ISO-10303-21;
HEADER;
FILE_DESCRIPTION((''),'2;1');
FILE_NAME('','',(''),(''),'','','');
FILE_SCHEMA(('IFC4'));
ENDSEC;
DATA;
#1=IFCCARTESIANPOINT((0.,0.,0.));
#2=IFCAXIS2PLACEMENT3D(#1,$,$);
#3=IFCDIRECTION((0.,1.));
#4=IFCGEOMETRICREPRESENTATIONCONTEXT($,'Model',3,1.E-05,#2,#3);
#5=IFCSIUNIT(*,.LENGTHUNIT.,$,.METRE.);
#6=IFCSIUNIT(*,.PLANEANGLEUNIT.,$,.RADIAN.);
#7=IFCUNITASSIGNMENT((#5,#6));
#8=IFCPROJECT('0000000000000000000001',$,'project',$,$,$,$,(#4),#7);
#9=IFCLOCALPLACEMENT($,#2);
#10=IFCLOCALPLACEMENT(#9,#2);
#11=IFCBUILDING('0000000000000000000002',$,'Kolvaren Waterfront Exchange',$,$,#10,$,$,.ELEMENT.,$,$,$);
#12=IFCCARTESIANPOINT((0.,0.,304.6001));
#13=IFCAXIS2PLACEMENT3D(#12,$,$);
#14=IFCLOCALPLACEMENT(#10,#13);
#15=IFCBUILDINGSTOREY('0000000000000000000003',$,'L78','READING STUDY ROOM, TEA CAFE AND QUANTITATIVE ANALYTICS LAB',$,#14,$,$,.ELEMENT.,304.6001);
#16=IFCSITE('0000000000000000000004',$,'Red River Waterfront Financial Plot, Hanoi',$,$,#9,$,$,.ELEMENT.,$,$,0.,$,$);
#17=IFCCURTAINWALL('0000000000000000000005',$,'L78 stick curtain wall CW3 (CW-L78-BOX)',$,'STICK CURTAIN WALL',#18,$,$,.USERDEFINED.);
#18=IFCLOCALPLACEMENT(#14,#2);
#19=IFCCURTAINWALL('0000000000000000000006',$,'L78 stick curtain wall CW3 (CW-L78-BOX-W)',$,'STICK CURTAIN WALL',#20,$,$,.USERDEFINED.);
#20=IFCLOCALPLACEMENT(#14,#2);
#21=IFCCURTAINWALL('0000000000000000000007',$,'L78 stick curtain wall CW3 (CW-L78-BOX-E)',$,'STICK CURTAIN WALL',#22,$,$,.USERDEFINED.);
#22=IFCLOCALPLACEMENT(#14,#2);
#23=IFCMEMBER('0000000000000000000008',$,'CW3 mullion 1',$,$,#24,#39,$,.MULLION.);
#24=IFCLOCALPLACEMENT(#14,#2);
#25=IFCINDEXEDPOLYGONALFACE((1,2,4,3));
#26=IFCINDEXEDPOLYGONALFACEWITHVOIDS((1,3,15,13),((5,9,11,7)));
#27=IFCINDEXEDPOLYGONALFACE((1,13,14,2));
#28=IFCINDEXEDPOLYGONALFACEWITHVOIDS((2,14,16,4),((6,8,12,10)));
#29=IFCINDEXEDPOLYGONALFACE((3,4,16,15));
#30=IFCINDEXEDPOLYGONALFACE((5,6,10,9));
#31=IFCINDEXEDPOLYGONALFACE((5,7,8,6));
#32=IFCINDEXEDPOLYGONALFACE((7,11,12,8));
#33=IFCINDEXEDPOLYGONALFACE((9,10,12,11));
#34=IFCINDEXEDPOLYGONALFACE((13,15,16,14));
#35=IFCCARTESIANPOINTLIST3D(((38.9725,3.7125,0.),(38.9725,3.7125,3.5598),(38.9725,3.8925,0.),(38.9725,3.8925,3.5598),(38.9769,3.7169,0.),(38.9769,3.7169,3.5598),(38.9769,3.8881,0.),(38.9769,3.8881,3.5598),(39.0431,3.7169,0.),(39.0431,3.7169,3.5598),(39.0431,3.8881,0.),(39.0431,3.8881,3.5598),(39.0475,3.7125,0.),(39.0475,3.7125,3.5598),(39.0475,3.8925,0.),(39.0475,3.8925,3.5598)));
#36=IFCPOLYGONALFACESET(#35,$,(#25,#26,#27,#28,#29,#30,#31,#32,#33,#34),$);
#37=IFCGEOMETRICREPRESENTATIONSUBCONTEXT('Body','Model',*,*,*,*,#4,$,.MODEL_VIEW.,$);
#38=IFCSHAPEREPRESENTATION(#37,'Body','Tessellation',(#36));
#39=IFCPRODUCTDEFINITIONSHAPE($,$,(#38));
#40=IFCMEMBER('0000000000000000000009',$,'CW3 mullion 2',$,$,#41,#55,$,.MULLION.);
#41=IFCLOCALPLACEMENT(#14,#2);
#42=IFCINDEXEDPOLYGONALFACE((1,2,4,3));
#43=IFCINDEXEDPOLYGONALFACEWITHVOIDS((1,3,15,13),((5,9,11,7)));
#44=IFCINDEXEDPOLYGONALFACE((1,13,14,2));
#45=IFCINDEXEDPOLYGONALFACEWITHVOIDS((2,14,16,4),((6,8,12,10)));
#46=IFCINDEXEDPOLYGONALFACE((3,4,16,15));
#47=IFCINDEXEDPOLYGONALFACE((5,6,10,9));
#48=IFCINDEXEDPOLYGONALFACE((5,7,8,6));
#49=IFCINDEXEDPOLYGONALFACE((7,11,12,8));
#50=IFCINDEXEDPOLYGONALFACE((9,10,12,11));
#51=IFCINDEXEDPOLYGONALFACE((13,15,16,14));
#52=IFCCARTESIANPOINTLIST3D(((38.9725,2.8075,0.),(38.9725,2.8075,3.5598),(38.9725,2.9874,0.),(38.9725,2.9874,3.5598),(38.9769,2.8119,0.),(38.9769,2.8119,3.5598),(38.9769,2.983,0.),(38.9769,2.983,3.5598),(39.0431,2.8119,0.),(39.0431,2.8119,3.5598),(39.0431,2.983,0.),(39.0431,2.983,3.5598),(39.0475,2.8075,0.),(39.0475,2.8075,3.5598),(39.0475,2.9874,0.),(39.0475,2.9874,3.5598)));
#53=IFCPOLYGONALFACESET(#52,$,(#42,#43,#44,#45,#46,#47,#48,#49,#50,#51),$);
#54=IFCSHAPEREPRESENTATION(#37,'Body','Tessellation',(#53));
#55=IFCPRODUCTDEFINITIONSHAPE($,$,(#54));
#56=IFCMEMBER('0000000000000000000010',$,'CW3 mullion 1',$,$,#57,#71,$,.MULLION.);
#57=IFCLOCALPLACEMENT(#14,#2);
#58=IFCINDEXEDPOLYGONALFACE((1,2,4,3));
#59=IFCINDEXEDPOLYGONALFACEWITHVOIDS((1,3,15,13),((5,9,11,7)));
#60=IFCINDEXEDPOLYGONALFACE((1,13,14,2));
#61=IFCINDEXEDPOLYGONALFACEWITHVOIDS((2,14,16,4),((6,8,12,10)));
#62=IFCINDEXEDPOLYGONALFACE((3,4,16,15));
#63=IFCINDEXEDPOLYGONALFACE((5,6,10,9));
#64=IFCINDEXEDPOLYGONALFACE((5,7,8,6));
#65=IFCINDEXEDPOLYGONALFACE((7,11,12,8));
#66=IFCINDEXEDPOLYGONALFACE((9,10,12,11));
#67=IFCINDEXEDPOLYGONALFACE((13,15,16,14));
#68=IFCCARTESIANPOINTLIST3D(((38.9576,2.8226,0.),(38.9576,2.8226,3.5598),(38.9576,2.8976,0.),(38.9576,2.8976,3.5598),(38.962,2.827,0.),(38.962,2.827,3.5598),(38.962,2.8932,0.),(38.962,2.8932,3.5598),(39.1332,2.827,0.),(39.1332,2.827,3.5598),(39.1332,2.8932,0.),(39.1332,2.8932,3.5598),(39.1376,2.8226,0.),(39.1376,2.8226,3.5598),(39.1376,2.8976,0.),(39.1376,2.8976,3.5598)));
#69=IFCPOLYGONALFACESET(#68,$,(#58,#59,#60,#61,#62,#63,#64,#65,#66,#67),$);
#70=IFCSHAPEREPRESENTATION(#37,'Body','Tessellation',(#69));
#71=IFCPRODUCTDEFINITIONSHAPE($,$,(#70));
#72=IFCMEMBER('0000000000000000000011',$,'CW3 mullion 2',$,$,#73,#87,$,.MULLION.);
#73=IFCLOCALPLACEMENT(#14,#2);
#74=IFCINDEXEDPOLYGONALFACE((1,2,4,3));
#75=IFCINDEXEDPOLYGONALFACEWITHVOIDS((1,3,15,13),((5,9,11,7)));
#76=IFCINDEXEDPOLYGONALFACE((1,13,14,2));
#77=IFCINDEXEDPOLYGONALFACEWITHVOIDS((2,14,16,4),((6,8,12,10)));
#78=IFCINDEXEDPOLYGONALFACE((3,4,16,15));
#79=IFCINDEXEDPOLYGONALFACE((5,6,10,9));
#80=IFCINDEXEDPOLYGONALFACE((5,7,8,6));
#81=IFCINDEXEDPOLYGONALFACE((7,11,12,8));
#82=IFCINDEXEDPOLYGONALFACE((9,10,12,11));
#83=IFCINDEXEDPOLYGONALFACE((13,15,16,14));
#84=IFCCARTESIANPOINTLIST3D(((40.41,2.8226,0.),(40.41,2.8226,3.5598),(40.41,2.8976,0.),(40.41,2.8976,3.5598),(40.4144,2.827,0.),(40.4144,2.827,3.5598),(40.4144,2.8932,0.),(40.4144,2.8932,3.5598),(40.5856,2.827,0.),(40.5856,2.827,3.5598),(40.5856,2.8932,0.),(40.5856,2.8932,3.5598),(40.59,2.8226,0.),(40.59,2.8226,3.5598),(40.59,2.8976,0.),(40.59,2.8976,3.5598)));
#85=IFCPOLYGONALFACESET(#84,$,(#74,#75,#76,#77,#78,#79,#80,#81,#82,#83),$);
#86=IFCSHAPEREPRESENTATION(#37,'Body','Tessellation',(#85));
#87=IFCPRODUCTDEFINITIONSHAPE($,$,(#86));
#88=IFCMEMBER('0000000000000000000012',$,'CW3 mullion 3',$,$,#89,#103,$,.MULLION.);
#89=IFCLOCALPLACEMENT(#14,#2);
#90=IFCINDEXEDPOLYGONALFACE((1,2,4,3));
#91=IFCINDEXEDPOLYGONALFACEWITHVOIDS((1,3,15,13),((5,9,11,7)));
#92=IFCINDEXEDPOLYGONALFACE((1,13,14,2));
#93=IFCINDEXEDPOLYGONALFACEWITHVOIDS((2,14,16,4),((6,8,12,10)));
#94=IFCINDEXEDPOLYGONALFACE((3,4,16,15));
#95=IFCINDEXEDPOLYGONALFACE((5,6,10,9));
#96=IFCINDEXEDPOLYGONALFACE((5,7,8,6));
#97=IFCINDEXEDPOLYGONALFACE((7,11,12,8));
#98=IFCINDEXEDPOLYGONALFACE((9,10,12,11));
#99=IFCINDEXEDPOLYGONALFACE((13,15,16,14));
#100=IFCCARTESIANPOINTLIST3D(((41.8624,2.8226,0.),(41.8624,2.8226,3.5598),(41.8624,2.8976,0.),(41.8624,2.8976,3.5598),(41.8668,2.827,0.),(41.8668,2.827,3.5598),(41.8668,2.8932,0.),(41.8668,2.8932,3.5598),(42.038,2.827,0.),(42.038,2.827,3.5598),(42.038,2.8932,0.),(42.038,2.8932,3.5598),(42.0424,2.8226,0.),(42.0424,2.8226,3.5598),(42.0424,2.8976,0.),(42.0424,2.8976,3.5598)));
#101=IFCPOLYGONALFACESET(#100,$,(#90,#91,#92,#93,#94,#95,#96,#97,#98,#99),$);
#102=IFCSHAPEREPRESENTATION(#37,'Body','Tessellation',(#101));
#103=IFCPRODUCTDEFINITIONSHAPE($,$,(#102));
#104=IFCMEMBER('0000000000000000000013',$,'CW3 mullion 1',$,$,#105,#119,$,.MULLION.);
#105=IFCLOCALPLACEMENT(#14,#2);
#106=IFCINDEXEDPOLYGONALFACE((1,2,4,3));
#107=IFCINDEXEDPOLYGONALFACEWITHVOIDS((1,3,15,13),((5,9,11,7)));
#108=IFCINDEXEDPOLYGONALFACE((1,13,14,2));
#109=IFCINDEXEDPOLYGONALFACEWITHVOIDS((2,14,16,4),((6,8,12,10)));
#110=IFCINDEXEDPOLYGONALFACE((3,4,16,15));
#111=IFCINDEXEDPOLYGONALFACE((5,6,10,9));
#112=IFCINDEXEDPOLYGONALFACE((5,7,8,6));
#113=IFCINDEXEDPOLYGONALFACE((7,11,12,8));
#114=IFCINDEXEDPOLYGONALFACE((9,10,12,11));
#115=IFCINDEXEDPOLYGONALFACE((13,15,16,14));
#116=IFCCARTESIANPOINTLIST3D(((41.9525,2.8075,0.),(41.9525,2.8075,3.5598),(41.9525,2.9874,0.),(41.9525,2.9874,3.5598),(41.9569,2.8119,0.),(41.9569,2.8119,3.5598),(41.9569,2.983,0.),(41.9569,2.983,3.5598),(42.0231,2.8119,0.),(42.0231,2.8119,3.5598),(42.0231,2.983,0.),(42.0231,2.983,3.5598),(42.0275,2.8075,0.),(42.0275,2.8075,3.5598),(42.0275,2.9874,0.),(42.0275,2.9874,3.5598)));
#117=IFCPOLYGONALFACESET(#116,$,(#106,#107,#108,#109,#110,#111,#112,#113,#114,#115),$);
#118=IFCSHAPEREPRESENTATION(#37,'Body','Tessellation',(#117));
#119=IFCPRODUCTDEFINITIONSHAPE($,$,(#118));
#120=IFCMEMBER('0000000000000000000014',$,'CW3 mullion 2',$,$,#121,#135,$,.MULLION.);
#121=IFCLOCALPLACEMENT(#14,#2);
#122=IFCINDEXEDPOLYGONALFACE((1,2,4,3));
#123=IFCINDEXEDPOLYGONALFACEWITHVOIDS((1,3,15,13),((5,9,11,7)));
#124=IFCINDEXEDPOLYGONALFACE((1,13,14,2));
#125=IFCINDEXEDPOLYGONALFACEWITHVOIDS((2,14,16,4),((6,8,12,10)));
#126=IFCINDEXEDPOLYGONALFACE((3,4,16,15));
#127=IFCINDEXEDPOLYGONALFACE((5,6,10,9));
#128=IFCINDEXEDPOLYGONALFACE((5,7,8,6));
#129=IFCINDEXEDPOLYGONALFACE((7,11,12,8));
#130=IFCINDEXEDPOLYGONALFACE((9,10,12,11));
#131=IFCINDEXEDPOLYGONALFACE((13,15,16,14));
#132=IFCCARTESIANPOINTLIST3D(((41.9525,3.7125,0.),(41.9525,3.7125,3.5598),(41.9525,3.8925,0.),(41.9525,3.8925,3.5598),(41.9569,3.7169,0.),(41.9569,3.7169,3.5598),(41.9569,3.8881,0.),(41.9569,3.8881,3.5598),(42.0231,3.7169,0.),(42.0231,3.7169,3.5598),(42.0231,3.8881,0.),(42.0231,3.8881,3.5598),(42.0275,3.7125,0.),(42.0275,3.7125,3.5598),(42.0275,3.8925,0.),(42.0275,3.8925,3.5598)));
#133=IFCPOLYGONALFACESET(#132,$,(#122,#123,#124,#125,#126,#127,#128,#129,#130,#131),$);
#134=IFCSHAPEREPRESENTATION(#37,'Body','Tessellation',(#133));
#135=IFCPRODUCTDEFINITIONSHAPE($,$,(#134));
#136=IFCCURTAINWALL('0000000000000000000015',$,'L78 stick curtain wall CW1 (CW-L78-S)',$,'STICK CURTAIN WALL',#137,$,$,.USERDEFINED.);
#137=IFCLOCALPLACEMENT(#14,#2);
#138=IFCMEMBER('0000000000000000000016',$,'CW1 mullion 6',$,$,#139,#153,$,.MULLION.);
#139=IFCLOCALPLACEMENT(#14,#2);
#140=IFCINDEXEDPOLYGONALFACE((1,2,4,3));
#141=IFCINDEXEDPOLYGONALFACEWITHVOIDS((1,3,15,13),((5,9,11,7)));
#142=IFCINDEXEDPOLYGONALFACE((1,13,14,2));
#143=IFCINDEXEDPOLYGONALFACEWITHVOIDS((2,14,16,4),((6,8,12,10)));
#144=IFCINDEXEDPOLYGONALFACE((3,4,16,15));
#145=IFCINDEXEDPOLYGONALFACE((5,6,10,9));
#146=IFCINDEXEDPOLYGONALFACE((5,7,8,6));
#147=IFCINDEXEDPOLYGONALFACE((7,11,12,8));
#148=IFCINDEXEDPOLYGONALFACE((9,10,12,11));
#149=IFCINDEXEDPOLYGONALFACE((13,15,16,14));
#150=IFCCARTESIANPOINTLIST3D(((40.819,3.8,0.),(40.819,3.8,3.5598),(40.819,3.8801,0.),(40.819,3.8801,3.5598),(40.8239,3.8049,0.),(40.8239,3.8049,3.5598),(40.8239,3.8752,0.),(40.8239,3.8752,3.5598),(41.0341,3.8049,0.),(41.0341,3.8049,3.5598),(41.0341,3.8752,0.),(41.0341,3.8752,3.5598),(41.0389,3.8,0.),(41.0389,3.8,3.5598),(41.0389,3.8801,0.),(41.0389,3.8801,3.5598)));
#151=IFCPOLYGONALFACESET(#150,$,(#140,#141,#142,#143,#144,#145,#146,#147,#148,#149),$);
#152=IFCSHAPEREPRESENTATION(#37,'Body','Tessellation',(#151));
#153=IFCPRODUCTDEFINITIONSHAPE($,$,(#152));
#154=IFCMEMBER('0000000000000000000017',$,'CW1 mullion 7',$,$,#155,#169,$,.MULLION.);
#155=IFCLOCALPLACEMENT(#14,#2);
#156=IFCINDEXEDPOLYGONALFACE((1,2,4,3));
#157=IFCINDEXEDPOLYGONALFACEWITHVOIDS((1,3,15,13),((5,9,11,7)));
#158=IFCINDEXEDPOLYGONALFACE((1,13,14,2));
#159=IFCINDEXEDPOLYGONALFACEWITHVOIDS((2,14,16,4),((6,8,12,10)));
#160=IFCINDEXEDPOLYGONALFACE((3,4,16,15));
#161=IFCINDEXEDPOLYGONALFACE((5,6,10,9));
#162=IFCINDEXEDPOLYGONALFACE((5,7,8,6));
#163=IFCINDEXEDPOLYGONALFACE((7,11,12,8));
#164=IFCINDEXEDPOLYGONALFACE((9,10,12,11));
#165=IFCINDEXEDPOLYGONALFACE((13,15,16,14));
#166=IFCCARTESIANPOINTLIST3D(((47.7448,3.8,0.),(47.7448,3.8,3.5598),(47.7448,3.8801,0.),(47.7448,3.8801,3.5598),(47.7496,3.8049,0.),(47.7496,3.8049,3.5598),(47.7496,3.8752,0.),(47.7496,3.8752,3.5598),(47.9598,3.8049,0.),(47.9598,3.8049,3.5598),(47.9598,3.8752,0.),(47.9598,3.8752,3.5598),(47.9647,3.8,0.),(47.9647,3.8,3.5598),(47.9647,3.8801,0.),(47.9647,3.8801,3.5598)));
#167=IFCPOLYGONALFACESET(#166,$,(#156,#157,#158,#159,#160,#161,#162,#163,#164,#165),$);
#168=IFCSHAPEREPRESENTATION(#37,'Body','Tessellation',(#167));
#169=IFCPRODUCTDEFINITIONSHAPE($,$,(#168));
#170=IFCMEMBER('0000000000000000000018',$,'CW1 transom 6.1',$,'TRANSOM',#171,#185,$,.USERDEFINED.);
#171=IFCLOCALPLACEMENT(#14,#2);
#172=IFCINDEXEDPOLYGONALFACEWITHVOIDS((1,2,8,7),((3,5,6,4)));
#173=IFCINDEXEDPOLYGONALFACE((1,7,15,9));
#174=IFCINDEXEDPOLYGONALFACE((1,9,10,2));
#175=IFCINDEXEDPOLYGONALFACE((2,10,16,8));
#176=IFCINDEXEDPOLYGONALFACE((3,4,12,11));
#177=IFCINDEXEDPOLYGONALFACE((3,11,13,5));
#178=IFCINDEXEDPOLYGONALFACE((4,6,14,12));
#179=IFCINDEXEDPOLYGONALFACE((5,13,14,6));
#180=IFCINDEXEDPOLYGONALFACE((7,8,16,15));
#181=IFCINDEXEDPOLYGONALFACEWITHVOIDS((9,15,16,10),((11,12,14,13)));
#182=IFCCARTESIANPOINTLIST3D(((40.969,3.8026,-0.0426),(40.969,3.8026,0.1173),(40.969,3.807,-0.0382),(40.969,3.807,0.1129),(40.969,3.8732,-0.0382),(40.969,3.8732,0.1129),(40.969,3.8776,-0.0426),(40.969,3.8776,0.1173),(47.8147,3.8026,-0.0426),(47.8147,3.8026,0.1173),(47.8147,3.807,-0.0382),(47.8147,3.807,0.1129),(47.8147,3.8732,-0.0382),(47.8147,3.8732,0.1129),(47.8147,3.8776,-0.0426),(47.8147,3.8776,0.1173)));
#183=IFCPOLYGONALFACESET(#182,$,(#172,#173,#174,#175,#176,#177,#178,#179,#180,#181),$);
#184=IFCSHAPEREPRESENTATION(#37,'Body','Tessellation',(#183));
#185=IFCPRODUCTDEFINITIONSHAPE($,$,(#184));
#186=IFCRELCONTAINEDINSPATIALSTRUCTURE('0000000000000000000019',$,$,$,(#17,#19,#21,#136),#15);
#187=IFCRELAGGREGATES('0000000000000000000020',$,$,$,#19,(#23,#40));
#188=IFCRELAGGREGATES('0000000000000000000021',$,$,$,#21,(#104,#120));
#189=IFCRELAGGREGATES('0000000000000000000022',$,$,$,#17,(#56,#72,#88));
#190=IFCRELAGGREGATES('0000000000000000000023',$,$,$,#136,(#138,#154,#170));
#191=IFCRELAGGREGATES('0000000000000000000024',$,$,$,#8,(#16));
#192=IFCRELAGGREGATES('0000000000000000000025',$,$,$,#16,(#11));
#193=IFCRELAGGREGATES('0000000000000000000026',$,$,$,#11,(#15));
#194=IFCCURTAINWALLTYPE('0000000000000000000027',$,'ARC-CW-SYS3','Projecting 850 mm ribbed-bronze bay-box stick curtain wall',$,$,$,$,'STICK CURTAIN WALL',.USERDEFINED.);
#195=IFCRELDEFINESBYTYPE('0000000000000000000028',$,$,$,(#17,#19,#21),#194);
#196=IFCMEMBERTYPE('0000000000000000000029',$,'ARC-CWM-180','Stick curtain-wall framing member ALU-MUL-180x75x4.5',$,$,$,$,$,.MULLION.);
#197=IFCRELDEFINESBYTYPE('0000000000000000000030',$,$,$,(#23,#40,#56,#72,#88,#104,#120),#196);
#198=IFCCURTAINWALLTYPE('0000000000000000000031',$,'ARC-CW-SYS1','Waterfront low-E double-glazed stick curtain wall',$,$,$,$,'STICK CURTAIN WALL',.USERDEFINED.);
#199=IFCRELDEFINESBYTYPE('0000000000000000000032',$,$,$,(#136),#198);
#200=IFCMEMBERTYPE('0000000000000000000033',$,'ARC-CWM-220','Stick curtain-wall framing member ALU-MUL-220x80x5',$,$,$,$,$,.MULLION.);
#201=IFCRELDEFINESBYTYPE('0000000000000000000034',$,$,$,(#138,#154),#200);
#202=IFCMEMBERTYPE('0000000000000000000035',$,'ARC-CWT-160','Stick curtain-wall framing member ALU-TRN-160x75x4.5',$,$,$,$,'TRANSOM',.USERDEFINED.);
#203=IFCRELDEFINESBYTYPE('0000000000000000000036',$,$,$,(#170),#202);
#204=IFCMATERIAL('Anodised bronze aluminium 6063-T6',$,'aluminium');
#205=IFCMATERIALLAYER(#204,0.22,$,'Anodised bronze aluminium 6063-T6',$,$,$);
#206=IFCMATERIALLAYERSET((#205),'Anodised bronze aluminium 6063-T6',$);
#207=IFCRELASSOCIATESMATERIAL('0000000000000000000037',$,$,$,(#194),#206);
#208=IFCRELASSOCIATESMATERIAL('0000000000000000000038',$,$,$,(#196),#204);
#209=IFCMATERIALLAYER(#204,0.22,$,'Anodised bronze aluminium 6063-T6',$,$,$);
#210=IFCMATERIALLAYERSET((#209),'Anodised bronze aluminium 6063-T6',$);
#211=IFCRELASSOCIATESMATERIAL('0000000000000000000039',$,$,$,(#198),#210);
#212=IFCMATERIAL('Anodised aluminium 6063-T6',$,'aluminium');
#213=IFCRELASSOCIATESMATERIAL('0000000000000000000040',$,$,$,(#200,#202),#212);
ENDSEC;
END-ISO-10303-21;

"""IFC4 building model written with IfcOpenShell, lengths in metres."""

from ifc_helpers import new_model, si_unit, direction, frame, origin, origin_with_axes, origin_2d, place, context, subcontext, project, spatial, hollow_rectangle, extrude, source, transform, mapped, material, layer, layer_set, material_profile, profile_set, type_object, element, aggregate, save


model = new_model("IFC4")

# Units and contexts
model_context = context("Model", 3, precision=1e-05, world=origin(), true_north=direction((0.0, 1.0)))
body_context = subcontext(model_context, "Body", "Model", "MODEL_VIEW")
ifc_project = project(units=[si_unit("LENGTHUNIT", "METRE"), si_unit("PLANEANGLEUNIT", "RADIAN")], contexts=[model_context])

# Site, building, storey
site_placement = place(None, origin())
site = spatial("IfcSite", under=ifc_project, at=site_placement, Name="Red River Waterfront Financial Plot, Hanoi", CompositionType="ELEMENT", RefElevation=0.0)
building_placement = place(site_placement, origin())
building = spatial("IfcBuilding", under=site, at=building_placement, Name="Kolvaren Waterfront Exchange", CompositionType="ELEMENT")
storey_placement = place(building_placement, frame((0.0, 0.0, 304.6001)))
storey = spatial("IfcBuildingStorey", under=building, at=storey_placement, Name="L78", Description="READING STUDY ROOM, TEA CAFE AND QUANTITATIVE ANALYTICS LAB", CompositionType="ELEMENT", Elevation=304.6001)

# Curtain walls
ifc_material_1 = material(Name="Anodised bronze aluminium 6063-T6", Category="aluminium")
ifc_layer_1 = layer(ifc_material_1, 0.22, Name="Anodised bronze aluminium 6063-T6")
ifc_layer_set_1 = layer_set([ifc_layer_1], Name="Anodised bronze aluminium 6063-T6")
curtain_wall_type_1 = type_object("IfcCurtainWallType", Name="ARC-CW-SYS3", Description="Projecting 850 mm ribbed-bronze bay-box stick curtain wall", ElementType="STICK CURTAIN WALL", PredefinedType="USERDEFINED", material=ifc_layer_set_1)
curtain_wall_1_placement = place(storey_placement, origin())
curtain_wall_1 = element("IfcCurtainWall", 1, at=curtain_wall_1_placement, inside=storey, type_object=curtain_wall_type_1, Name="L78 stick curtain wall CW3 (CW-L78-BOX)", ObjectType="STICK CURTAIN WALL", PredefinedType="USERDEFINED")
curtain_wall_2_placement = place(storey_placement, origin())
curtain_wall_2 = element("IfcCurtainWall", 2, at=curtain_wall_2_placement, inside=storey, type_object=curtain_wall_type_1, Name="L78 stick curtain wall CW3 (CW-L78-BOX-W)", ObjectType="STICK CURTAIN WALL", PredefinedType="USERDEFINED")
curtain_wall_3_placement = place(storey_placement, origin())
curtain_wall_3 = element("IfcCurtainWall", 3, at=curtain_wall_3_placement, inside=storey, type_object=curtain_wall_type_1, Name="L78 stick curtain wall CW3 (CW-L78-BOX-E)", ObjectType="STICK CURTAIN WALL", PredefinedType="USERDEFINED")

# Members
ifc_material_profile_1 = material_profile(ifc_material_1, hollow_rectangle(XDim=0.075, YDim=0.1799, WallThickness=0.0044, at=origin_2d()), Name="ALU-MUL-180x75x4.5")
ifc_profile_set_1 = profile_set([ifc_material_profile_1], Name="Anodised bronze aluminium 6063-T6")
member_type_1 = type_object("IfcMemberType", Name="ARC-CWM-180", Description="Stick curtain-wall framing member ALU-MUL-180x75x4.5", PredefinedType="MULLION", material=ifc_profile_set_1)
shared_shape_1 = source(origin_with_axes(), body_context, "Body", "SweptSolid", [
    extrude(hollow_rectangle(XDim=0.075, YDim=0.1799, WallThickness=0.0044, at=origin_2d()), origin(), (0.0, 0.0, 1.0), 3.5598),
])
member_1_placement = place(storey_placement, frame((39.01, 3.8025, 0.0), z_axis=(0.0, 0.0, 1.0), x_axis=(1.0, 0.0, 0.0)))
member_1 = element("IfcMember", 4, at=member_1_placement, type_object=member_type_1, Name="CW3 mullion 1", PredefinedType="MULLION", context=body_context, shape_type="MappedRepresentation", body=[
    mapped(shared_shape_1, transform((0.0, 0.0, 0.0), x_axis=(1.0, 0.0, 0.0), y_axis=(0.0, 1.0, 0.0), z_axis=(0.0, 0.0, 1.0), scale=1.0)),
])
member_2_placement = place(storey_placement, frame((39.01, 2.8975, 0.0), z_axis=(0.0, 0.0, 1.0), x_axis=(1.0, 0.0, 0.0)))
member_2 = element("IfcMember", 5, at=member_2_placement, type_object=member_type_1, Name="CW3 mullion 2", PredefinedType="MULLION", context=body_context, shape_type="MappedRepresentation", body=[
    mapped(shared_shape_1, transform((0.0, 0.0, 0.0), x_axis=(1.0, 0.0, 0.0), y_axis=(0.0, 1.0, 0.0), z_axis=(0.0, 0.0, 1.0), scale=1.0)),
])
member_3_placement = place(storey_placement, frame((39.0476, 2.8601, 0.0), z_axis=(0.0, 0.0, 1.0), x_axis=(0.0, 1.0, 0.0)))
member_3 = element("IfcMember", 6, at=member_3_placement, type_object=member_type_1, Name="CW3 mullion 1", PredefinedType="MULLION", context=body_context, shape_type="MappedRepresentation", body=[
    mapped(shared_shape_1, transform((0.0, 0.0, 0.0), x_axis=(1.0, 0.0, 0.0), y_axis=(0.0, 1.0, 0.0), z_axis=(0.0, 0.0, 1.0), scale=1.0)),
])
member_4_placement = place(storey_placement, frame((40.5, 2.8601, 0.0), z_axis=(0.0, 0.0, 1.0), x_axis=(0.0, 1.0, 0.0)))
member_4 = element("IfcMember", 7, at=member_4_placement, type_object=member_type_1, Name="CW3 mullion 2", PredefinedType="MULLION", context=body_context, shape_type="MappedRepresentation", body=[
    mapped(shared_shape_1, transform((0.0, 0.0, 0.0), x_axis=(1.0, 0.0, 0.0), y_axis=(0.0, 1.0, 0.0), z_axis=(0.0, 0.0, 1.0), scale=1.0)),
])
member_5_placement = place(storey_placement, frame((41.9524, 2.8601, 0.0), z_axis=(0.0, 0.0, 1.0), x_axis=(0.0, 1.0, 0.0)))
member_5 = element("IfcMember", 8, at=member_5_placement, type_object=member_type_1, Name="CW3 mullion 3", PredefinedType="MULLION", context=body_context, shape_type="MappedRepresentation", body=[
    mapped(shared_shape_1, transform((0.0, 0.0, 0.0), x_axis=(1.0, 0.0, 0.0), y_axis=(0.0, 1.0, 0.0), z_axis=(0.0, 0.0, 1.0), scale=1.0)),
])
member_6_placement = place(storey_placement, frame((41.99, 2.8975, 0.0), z_axis=(0.0, 0.0, 1.0), x_axis=(-1.0, 0.0, 0.0)))
member_6 = element("IfcMember", 9, at=member_6_placement, type_object=member_type_1, Name="CW3 mullion 1", PredefinedType="MULLION", context=body_context, shape_type="MappedRepresentation", body=[
    mapped(shared_shape_1, transform((0.0, 0.0, 0.0), x_axis=(1.0, 0.0, 0.0), y_axis=(0.0, 1.0, 0.0), z_axis=(0.0, 0.0, 1.0), scale=1.0)),
])
member_7_placement = place(storey_placement, frame((41.99, 3.8025, 0.0), z_axis=(0.0, 0.0, 1.0), x_axis=(-1.0, 0.0, 0.0)))
member_7 = element("IfcMember", 10, at=member_7_placement, type_object=member_type_1, Name="CW3 mullion 2", PredefinedType="MULLION", context=body_context, shape_type="MappedRepresentation", body=[
    mapped(shared_shape_1, transform((0.0, 0.0, 0.0), x_axis=(1.0, 0.0, 0.0), y_axis=(0.0, 1.0, 0.0), z_axis=(0.0, 0.0, 1.0), scale=1.0)),
])

# Curtain wall, members
ifc_layer_2 = layer(ifc_material_1, 0.22, Name="Anodised bronze aluminium 6063-T6")
ifc_layer_set_2 = layer_set([ifc_layer_2], Name="Anodised bronze aluminium 6063-T6")
curtain_wall_type_2 = type_object("IfcCurtainWallType", Name="ARC-CW-SYS1", Description="Waterfront low-E double-glazed stick curtain wall", ElementType="STICK CURTAIN WALL", PredefinedType="USERDEFINED", material=ifc_layer_set_2)
curtain_wall_4_placement = place(storey_placement, origin())
curtain_wall_4 = element("IfcCurtainWall", 11, at=curtain_wall_4_placement, inside=storey, type_object=curtain_wall_type_2, Name="L78 stick curtain wall CW1 (CW-L78-S)", ObjectType="STICK CURTAIN WALL", PredefinedType="USERDEFINED")
ifc_material_2 = material(Name="Anodised aluminium 6063-T6", Category="aluminium")
ifc_material_profile_2 = material_profile(ifc_material_2, hollow_rectangle(XDim=0.0801, YDim=0.22, WallThickness=0.0049, at=origin_2d()), Name="ALU-MUL-220x80x5")
ifc_profile_set_2 = profile_set([ifc_material_profile_2], Name="Anodised aluminium 6063-T6")
member_type_2 = type_object("IfcMemberType", Name="ARC-CWM-220", Description="Stick curtain-wall framing member ALU-MUL-220x80x5", PredefinedType="MULLION", material=ifc_profile_set_2)
shared_shape_2 = source(origin_with_axes(), body_context, "Body", "SweptSolid", [
    extrude(hollow_rectangle(XDim=0.0801, YDim=0.22, WallThickness=0.0049, at=origin_2d()), origin(), (0.0, 0.0, 1.0), 3.5598),
])
member_8_placement = place(storey_placement, frame((40.929, 3.8401, 0.0), z_axis=(0.0, 0.0, 1.0), x_axis=(0.0, 1.0, 0.0)))
member_8 = element("IfcMember", 12, at=member_8_placement, type_object=member_type_2, Name="CW1 mullion 6", PredefinedType="MULLION", context=body_context, shape_type="MappedRepresentation", body=[
    mapped(shared_shape_2, transform((0.0, 0.0, 0.0), x_axis=(1.0, 0.0, 0.0), y_axis=(0.0, 1.0, 0.0), z_axis=(0.0, 0.0, 1.0), scale=1.0)),
])
member_9_placement = place(storey_placement, frame((47.8547, 3.8401, 0.0), z_axis=(0.0, 0.0, 1.0), x_axis=(0.0, 1.0, 0.0)))
member_9 = element("IfcMember", 13, at=member_9_placement, type_object=member_type_2, Name="CW1 mullion 7", PredefinedType="MULLION", context=body_context, shape_type="MappedRepresentation", body=[
    mapped(shared_shape_2, transform((0.0, 0.0, 0.0), x_axis=(1.0, 0.0, 0.0), y_axis=(0.0, 1.0, 0.0), z_axis=(0.0, 0.0, 1.0), scale=1.0)),
])
ifc_material_profile_3 = material_profile(ifc_material_2, hollow_rectangle(XDim=0.075, YDim=0.1599, WallThickness=0.0044, at=origin_2d()), Name="ALU-TRN-160x75x4.5")
ifc_profile_set_3 = profile_set([ifc_material_profile_3], Name="Anodised aluminium 6063-T6")
member_type_3 = type_object("IfcMemberType", Name="ARC-CWT-160", Description="Stick curtain-wall framing member ALU-TRN-160x75x4.5", ElementType="TRANSOM", PredefinedType="USERDEFINED", material=ifc_profile_set_3)
shared_shape_3 = source(origin_with_axes(), body_context, "Body", "SweptSolid", [
    extrude(hollow_rectangle(XDim=0.075, YDim=0.1599, WallThickness=0.0044, at=origin_2d()), origin(), (0.0, 0.0, 1.0), 6.8457),
])
member_10_placement = place(storey_placement, frame((40.969, 3.8401, 0.0374), z_axis=(1.0, 0.0, 0.0), x_axis=(0.0, 1.0, 0.0)))
member_10 = element("IfcMember", 14, at=member_10_placement, type_object=member_type_3, Name="CW1 transom 6.1", ObjectType="TRANSOM", PredefinedType="USERDEFINED", context=body_context, shape_type="MappedRepresentation", body=[
    mapped(shared_shape_3, transform((0.0, 0.0, 0.0), x_axis=(1.0, 0.0, 0.0), y_axis=(0.0, 1.0, 0.0), z_axis=(0.0, 0.0, 1.0), scale=1.0)),
])

aggregate(curtain_wall_2, [member_1, member_2])
aggregate(curtain_wall_3, [member_6, member_7])
aggregate(curtain_wall_1, [member_3, member_4, member_5])
aggregate(curtain_wall_4, [member_8, member_9, member_10])

save(model, "model.ifc")
